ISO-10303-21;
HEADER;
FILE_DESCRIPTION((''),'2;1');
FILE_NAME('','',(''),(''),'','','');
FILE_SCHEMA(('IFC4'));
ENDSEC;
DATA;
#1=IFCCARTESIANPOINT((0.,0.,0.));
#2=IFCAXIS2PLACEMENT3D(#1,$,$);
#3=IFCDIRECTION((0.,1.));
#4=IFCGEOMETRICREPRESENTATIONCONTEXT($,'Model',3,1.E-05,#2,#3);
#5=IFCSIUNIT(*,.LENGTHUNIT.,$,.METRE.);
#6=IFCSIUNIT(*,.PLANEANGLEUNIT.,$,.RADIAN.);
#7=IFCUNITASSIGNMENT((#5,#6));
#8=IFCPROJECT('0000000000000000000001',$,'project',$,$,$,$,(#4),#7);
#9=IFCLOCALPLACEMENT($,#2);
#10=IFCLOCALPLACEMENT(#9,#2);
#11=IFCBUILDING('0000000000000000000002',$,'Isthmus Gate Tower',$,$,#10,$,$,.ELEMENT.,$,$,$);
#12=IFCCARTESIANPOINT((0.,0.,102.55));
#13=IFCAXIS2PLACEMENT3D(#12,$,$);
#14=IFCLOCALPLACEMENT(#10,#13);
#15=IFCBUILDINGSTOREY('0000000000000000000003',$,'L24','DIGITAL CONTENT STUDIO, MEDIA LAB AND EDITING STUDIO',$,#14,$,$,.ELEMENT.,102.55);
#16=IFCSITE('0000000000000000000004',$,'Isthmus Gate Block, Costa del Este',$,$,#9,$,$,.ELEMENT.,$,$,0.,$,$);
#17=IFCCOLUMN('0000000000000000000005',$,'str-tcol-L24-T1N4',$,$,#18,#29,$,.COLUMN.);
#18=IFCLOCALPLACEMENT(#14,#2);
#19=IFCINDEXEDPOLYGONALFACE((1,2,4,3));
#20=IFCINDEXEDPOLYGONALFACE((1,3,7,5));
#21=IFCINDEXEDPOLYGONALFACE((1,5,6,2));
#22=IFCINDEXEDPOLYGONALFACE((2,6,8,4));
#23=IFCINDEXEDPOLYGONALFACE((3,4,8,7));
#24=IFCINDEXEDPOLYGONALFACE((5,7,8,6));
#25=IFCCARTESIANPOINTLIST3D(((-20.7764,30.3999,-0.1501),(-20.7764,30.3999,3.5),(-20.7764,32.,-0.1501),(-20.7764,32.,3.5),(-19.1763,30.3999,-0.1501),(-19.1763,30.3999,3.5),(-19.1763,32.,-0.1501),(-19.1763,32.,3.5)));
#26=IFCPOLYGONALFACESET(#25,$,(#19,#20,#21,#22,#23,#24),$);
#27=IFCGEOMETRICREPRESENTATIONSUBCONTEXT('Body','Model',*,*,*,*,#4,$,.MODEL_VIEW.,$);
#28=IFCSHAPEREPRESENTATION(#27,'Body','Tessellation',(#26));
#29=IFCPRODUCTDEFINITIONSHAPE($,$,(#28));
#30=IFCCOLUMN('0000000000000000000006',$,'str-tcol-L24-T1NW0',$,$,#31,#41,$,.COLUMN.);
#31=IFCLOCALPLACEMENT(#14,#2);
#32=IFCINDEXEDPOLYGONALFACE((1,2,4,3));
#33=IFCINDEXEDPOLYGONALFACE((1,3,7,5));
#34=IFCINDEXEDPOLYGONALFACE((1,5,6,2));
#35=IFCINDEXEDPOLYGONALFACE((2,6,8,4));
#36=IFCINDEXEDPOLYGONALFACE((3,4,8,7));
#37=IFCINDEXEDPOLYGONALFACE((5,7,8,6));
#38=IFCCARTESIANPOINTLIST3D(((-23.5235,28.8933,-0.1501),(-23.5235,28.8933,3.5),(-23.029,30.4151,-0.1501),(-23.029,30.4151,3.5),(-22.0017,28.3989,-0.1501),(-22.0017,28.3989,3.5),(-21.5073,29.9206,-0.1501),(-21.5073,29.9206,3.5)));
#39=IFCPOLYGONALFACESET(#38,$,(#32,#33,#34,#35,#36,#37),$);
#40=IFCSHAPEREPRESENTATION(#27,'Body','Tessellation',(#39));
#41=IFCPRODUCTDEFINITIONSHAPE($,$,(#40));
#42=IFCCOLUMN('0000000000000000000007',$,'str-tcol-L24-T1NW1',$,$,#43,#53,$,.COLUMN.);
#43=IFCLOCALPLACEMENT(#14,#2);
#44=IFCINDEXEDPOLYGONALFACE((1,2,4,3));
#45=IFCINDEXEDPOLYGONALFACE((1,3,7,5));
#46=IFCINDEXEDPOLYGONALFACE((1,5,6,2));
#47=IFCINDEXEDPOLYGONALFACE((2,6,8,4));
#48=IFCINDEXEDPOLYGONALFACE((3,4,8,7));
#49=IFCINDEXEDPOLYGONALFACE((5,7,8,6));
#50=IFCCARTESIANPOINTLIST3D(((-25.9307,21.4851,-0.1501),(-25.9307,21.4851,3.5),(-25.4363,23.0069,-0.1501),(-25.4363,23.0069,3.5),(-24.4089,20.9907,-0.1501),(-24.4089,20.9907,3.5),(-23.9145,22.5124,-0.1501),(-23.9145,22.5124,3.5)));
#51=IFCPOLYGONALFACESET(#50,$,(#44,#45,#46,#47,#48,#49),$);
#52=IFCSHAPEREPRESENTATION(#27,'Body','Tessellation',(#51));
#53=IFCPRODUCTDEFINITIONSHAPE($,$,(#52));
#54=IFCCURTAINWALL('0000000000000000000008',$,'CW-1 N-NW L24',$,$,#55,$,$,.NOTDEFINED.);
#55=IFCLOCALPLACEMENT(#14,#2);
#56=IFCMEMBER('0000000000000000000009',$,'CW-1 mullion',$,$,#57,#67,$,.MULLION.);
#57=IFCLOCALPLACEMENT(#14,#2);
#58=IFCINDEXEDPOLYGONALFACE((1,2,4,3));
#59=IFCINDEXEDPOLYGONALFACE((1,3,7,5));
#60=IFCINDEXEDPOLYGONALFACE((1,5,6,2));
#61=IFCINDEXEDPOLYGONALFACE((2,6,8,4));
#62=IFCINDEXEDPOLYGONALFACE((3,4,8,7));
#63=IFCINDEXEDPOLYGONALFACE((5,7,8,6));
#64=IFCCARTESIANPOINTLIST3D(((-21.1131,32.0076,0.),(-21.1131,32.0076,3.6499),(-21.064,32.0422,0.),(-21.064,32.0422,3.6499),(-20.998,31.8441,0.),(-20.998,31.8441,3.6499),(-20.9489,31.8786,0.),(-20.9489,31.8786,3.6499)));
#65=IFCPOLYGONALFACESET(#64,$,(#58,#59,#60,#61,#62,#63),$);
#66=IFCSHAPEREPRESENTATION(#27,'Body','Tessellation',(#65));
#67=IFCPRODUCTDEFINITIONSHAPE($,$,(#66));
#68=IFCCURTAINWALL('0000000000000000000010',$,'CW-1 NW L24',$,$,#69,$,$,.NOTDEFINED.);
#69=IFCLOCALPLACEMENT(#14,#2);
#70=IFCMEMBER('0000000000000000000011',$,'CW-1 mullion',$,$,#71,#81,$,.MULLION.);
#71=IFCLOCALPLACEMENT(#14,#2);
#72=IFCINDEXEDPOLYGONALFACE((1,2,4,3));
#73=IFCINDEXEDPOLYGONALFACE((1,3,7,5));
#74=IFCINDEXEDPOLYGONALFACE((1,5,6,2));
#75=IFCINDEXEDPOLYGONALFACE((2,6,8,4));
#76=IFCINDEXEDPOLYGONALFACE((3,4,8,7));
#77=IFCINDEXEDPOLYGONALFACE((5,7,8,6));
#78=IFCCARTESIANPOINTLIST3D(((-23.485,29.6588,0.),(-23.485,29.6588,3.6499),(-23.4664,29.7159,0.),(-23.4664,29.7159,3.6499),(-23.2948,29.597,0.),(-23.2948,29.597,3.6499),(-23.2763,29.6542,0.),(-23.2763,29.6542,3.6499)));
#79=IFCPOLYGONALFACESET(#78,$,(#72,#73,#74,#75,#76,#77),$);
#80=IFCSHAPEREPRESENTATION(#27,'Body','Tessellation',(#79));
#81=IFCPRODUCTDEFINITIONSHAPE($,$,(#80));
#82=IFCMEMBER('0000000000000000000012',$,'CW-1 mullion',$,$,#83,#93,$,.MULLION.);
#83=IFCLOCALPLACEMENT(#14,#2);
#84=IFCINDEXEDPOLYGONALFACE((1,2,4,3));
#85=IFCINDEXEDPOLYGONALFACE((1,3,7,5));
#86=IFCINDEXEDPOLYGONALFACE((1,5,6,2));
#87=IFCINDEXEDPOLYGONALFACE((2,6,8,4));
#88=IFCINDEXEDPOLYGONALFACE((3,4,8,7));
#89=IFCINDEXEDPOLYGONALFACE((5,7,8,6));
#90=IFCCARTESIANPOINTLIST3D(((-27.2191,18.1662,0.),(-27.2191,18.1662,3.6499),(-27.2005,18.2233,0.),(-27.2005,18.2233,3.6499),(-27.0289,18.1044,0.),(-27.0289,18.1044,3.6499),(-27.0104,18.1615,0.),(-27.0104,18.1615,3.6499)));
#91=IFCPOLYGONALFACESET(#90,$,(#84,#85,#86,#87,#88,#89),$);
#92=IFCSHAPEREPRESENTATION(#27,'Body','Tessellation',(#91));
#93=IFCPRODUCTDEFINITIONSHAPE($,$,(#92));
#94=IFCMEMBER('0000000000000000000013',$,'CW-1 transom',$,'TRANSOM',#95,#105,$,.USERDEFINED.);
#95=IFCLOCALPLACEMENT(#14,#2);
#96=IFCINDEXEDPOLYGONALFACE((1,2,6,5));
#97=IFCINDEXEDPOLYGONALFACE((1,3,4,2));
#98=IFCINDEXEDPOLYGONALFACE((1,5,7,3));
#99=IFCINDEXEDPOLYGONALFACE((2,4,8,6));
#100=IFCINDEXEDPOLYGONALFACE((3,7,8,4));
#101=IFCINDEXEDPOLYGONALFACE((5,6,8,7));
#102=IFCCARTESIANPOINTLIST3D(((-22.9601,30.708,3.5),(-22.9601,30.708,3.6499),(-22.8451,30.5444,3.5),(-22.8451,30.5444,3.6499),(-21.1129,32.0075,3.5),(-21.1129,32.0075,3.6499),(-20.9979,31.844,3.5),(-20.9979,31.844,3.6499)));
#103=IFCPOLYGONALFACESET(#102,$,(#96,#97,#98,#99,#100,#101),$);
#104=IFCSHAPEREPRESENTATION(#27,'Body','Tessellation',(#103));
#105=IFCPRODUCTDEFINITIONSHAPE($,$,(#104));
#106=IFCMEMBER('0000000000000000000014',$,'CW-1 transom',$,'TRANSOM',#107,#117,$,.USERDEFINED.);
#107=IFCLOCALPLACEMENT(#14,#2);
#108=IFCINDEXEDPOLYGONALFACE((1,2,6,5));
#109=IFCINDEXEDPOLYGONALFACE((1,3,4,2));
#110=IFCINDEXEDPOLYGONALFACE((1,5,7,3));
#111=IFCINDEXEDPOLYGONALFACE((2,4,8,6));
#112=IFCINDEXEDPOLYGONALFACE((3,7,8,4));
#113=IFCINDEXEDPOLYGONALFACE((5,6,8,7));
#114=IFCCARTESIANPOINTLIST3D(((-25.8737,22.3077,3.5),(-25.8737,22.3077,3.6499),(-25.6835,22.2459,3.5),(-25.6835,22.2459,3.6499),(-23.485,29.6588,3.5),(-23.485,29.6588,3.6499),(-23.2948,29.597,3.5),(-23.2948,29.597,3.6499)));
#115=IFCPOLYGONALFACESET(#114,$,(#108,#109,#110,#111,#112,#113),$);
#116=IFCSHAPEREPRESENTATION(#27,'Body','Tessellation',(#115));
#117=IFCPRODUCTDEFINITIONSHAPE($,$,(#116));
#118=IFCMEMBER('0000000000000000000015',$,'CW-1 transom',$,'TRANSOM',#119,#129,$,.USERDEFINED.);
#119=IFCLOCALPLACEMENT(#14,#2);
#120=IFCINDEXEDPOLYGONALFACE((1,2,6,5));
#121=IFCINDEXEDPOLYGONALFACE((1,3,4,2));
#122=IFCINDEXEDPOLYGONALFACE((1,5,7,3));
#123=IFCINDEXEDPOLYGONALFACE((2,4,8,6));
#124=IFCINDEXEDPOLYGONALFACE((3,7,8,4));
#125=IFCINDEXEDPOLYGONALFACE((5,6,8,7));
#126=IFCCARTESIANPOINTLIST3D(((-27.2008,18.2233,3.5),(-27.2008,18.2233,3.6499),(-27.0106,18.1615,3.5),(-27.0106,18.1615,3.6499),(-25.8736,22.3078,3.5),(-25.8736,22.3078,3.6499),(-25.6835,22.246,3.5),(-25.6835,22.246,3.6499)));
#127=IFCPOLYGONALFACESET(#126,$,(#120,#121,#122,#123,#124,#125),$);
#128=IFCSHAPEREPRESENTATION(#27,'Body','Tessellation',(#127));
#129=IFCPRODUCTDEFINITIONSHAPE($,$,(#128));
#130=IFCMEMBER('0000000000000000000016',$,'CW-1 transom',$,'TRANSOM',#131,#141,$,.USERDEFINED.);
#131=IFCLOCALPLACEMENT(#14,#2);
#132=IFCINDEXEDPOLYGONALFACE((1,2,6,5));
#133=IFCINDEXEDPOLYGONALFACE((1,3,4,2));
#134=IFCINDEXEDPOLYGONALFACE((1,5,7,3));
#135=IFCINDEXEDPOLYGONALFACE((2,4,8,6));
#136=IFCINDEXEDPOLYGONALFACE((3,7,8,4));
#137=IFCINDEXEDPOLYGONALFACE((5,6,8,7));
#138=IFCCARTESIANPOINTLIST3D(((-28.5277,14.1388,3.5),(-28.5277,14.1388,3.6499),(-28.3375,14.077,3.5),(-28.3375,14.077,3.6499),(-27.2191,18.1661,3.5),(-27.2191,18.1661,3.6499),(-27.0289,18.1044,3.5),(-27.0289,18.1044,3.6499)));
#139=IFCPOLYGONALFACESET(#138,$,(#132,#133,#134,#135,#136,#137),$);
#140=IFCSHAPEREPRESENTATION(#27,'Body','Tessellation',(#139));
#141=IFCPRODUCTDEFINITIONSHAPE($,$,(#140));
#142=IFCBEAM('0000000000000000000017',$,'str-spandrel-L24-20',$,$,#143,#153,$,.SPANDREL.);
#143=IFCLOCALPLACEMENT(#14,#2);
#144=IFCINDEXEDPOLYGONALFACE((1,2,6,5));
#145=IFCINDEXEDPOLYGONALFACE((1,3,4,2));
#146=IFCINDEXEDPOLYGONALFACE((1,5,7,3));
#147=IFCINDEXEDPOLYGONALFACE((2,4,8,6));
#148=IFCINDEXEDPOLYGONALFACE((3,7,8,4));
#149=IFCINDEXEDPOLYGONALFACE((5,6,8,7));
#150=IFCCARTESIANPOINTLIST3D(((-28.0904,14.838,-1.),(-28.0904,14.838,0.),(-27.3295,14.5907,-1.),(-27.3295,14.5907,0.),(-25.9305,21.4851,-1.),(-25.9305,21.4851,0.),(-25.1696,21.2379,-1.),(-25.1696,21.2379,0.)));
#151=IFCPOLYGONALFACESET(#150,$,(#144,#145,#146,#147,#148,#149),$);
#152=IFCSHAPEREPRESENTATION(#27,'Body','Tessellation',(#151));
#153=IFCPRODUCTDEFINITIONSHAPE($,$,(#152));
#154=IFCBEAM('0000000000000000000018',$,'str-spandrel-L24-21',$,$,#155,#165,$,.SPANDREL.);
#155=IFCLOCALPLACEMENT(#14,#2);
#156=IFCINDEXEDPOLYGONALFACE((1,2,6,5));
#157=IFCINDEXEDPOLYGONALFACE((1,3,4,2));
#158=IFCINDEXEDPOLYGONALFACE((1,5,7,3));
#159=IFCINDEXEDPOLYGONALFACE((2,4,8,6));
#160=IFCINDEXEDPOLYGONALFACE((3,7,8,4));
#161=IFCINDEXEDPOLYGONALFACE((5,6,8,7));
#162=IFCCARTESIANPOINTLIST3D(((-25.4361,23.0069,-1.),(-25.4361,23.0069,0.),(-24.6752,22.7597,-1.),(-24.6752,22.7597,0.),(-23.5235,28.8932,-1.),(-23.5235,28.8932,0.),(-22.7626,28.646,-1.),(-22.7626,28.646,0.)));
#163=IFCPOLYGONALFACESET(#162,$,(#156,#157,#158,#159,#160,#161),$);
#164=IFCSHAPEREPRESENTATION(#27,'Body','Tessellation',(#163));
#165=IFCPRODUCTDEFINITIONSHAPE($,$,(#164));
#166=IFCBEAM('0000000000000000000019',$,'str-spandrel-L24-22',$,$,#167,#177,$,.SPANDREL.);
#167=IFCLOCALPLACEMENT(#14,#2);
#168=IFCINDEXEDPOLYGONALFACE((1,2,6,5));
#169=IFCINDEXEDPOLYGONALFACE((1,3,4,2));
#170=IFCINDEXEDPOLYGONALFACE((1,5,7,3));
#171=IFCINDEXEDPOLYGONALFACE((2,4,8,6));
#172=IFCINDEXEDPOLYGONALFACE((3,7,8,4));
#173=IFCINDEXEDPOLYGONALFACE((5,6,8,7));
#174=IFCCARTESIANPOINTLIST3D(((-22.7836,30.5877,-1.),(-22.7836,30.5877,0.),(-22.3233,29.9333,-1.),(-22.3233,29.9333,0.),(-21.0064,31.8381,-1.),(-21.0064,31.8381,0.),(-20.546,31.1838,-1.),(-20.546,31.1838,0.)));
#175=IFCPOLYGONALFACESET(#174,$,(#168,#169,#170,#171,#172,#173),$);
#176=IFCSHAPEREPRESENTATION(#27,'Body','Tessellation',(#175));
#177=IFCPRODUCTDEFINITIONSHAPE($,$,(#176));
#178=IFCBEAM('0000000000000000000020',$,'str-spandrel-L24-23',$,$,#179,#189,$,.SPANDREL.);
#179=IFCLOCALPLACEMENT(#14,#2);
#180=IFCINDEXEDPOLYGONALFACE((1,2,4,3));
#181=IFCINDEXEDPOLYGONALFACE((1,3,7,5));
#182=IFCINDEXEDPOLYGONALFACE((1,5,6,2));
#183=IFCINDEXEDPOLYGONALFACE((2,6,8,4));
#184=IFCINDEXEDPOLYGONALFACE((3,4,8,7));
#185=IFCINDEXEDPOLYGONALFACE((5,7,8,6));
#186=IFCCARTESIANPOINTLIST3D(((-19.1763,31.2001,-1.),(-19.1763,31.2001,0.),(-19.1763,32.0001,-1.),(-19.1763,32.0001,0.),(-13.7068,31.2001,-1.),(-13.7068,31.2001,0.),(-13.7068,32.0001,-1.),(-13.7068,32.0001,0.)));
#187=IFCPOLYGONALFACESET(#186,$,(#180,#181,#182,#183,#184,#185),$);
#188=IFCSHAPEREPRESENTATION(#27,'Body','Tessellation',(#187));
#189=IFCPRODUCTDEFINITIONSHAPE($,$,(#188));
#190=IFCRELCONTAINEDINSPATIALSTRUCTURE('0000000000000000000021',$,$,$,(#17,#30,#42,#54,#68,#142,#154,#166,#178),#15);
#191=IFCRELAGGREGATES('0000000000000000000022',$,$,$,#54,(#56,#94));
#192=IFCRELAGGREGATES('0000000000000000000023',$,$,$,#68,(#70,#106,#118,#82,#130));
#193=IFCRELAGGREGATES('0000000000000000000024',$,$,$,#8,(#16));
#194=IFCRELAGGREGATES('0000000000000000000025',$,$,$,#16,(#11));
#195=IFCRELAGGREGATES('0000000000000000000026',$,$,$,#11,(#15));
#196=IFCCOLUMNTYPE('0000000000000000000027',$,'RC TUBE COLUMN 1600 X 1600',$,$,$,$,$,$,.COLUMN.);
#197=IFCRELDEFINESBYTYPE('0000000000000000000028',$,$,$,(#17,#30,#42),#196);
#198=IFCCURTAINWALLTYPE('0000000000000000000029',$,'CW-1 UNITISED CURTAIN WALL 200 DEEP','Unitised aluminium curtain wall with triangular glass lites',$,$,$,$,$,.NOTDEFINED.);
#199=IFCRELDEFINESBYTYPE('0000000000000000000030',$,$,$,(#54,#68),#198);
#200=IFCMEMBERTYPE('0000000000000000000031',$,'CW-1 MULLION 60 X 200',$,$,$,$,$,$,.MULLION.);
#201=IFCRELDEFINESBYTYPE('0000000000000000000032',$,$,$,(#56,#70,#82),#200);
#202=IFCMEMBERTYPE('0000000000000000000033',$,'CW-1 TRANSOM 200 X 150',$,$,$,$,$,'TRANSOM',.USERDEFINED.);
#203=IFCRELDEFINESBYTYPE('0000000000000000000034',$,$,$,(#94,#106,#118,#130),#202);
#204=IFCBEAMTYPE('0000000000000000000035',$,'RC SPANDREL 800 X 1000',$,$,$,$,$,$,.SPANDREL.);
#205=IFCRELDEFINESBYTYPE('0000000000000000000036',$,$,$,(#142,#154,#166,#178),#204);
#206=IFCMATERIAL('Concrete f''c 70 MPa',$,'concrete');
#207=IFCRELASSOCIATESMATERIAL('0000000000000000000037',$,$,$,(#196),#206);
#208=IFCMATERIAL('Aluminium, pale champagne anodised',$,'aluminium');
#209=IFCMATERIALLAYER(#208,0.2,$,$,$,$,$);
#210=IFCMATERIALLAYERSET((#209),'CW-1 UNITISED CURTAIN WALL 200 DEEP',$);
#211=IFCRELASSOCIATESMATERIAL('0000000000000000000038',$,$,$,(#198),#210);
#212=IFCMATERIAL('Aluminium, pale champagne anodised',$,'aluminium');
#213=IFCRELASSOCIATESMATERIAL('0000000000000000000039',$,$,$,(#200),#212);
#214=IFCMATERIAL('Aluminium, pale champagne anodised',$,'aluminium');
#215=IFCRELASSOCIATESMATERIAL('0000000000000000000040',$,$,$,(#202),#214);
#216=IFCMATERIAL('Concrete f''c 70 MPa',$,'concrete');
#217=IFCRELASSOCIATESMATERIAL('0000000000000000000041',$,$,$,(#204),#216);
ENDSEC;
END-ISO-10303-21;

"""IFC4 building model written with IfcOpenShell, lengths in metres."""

from ifc_helpers import new_model, si_unit, direction, frame, origin, origin_2d, place, context, subcontext, project, spatial, rectangle, extrude, material, layer, layer_set, material_profile, profile_set, type_object, element, aggregate, save


model = new_model("IFC4")

# Units and contexts
model_context = context("Model", 3, precision=1e-05, world=origin(), true_north=direction((0.0, 1.0)))
body_context = subcontext(model_context, "Body", "Model", "MODEL_VIEW")
ifc_project = project(units=[si_unit("LENGTHUNIT", "METRE"), si_unit("PLANEANGLEUNIT", "RADIAN")], contexts=[model_context])

# Site, building, storey
site_placement = place(None, origin())
site = spatial("IfcSite", under=ifc_project, at=site_placement, Name="Isthmus Gate Block, Costa del Este", CompositionType="ELEMENT", RefElevation=0.0)
building_placement = place(site_placement, origin())
building = spatial("IfcBuilding", under=site, at=building_placement, Name="Isthmus Gate Tower", CompositionType="ELEMENT")
storey_placement = place(building_placement, frame((0.0, 0.0, 102.55)))
storey = spatial("IfcBuildingStorey", under=building, at=storey_placement, Name="L24", Description="DIGITAL CONTENT STUDIO, MEDIA LAB AND EDITING STUDIO", CompositionType="ELEMENT", Elevation=102.55)

# Columns
ifc_material_1 = material(Name="Concrete f'c 70 MPa", Category="concrete")
ifc_material_profile_1 = material_profile(ifc_material_1, rectangle(XDim=1.6001, YDim=1.6001, at=origin_2d()), Name="RC 1600X1600")
ifc_profile_set_1 = profile_set([ifc_material_profile_1], Name="Concrete f'c 70 MPa")
column_type = type_object("IfcColumnType", Name="RC TUBE COLUMN 1600 X 1600", PredefinedType="COLUMN", material=ifc_profile_set_1)
for number, where, z_axis, x_axis, name in (
    (1, (-19.9763, 31.2, -0.1501), (0.0, 0.0, 1.0), (-1.0, 0.0, 0.0), "str-tcol-L24-T1N4"),
    (2, (-22.5154, 29.407, -0.1501), (0.0, 0.0, 1.0), (-0.309017, -0.951057, 0.0), "str-tcol-L24-T1NW0"),
    (3, (-24.9226, 21.9988, -0.1501), (0.0, 0.0, 1.0), (-0.309017, -0.951057, 0.0), "str-tcol-L24-T1NW1"),
):
    element("IfcColumn", number, at=place(storey_placement, frame(where, z_axis=z_axis, x_axis=x_axis)), inside=storey, type_object=column_type, Name=name, PredefinedType="COLUMN", context=body_context, shape_type="SweptSolid", body=[
        extrude(rectangle(XDim=1.6001, YDim=1.6001, at=origin_2d()), origin(), (0.0, 0.0, 1.0), 3.6501),
    ])

# Curtain wall, member
ifc_material_2 = material(Name="Aluminium, pale champagne anodised", Category="aluminium")
ifc_layer_1 = layer(ifc_material_2, 0.2)
ifc_layer_set_1 = layer_set([ifc_layer_1], Name="CW-1 UNITISED CURTAIN WALL 200 DEEP")
curtain_wall_type = type_object("IfcCurtainWallType", Name="CW-1 UNITISED CURTAIN WALL 200 DEEP", Description="Unitised aluminium curtain wall with triangular glass lites", PredefinedType="NOTDEFINED", material=ifc_layer_set_1)
curtain_wall_1_placement = place(storey_placement, origin())
curtain_wall_1 = element("IfcCurtainWall", 4, at=curtain_wall_1_placement, inside=storey, type_object=curtain_wall_type, Name="CW-1 N-NW L24", PredefinedType="NOTDEFINED")
ifc_material_3 = material(Name="Aluminium, pale champagne anodised", Category="aluminium")
ifc_material_profile_2 = material_profile(ifc_material_3, rectangle(XDim=0.0601, YDim=0.2, at=origin_2d()), Name="60x200")
ifc_profile_set_2 = profile_set([ifc_material_profile_2], Name="Aluminium, pale champagne anodised")
member_type_1 = type_object("IfcMemberType", Name="CW-1 MULLION 60 X 200", PredefinedType="MULLION", material=ifc_profile_set_2)
member_1_placement = place(storey_placement, frame((-21.031, 31.9431, 0.0), z_axis=(0.0, 0.0, 1.0), x_axis=(-0.81786, -0.575418, 0.0)))
member_1 = element("IfcMember", 5, at=member_1_placement, type_object=member_type_1, Name="CW-1 mullion", PredefinedType="MULLION", context=body_context, shape_type="SweptSolid", body=[
    extrude(rectangle(XDim=0.0601, YDim=0.2, at=origin_2d()), origin(), (0.0, 0.0, 1.0), 3.6499),
])

# Curtain wall, members
curtain_wall_2_placement = place(storey_placement, origin())
curtain_wall_2 = element("IfcCurtainWall", 6, at=curtain_wall_2_placement, inside=storey, type_object=curtain_wall_type, Name="CW-1 NW L24", PredefinedType="NOTDEFINED")
member_2_placement = place(storey_placement, frame((-23.3806, 29.6565, 0.0), z_axis=(0.0, 0.0, 1.0), x_axis=(-0.309017, -0.951057, 0.0)))
member_2 = element("IfcMember", 7, at=member_2_placement, type_object=member_type_1, Name="CW-1 mullion", PredefinedType="MULLION", context=body_context, shape_type="SweptSolid", body=[
    extrude(rectangle(XDim=0.0601, YDim=0.2, at=origin_2d()), origin(), (0.0, 0.0, 1.0), 3.6499),
])
member_3_placement = place(storey_placement, frame((-27.1147, 18.1638, 0.0), z_axis=(0.0, 0.0, 1.0), x_axis=(-0.309017, -0.951057, 0.0)))
member_3 = element("IfcMember", 8, at=member_3_placement, type_object=member_type_1, Name="CW-1 mullion", PredefinedType="MULLION", context=body_context, shape_type="SweptSolid", body=[
    extrude(rectangle(XDim=0.0601, YDim=0.2, at=origin_2d()), origin(), (0.0, 0.0, 1.0), 3.6499),
])

# Members
ifc_material_4 = material(Name="Aluminium, pale champagne anodised", Category="aluminium")
ifc_material_profile_3 = material_profile(ifc_material_4, rectangle(XDim=0.2, YDim=0.1499, at=origin_2d()), Name="200x150")
ifc_profile_set_3 = profile_set([ifc_material_profile_3], Name="Aluminium, pale champagne anodised")
member_type_2 = type_object("IfcMemberType", Name="CW-1 TRANSOM 200 X 150", ElementType="TRANSOM", PredefinedType="USERDEFINED", material=ifc_profile_set_3)
member_4_placement = place(storey_placement, frame((-21.0554, 31.9258, 3.575), z_axis=(-0.817869, -0.575405, 0.0), x_axis=(0.575405, -0.817869, 0.0)))
member_4 = element("IfcMember", 9, at=member_4_placement, type_object=member_type_2, Name="CW-1 transom", ObjectType="TRANSOM", PredefinedType="USERDEFINED", context=body_context, shape_type="SweptSolid", body=[
    extrude(rectangle(XDim=0.2, YDim=0.1499, at=origin_2d()), origin(), (0.0, 0.0, 1.0), 2.2585),
])
member_5_placement = place(storey_placement, frame((-23.3899, 29.6279, 3.575), z_axis=(-0.309036, -0.95105, 0.0), x_axis=(0.95105, -0.309036, 0.0)))
member_5 = element("IfcMember", 10, at=member_5_placement, type_object=member_type_2, Name="CW-1 transom", ObjectType="TRANSOM", PredefinedType="USERDEFINED", context=body_context, shape_type="SweptSolid", body=[
    extrude(rectangle(XDim=0.2, YDim=0.1499, at=origin_2d()), origin(), (0.0, 0.0, 1.0), 7.7295),
])
member_6_placement = place(storey_placement, frame((-25.7786, 22.2769, 3.575), z_axis=(-0.309022, -0.951055, 0.0), x_axis=(0.951055, -0.309022, 0.0)))
member_6 = element("IfcMember", 11, at=member_6_placement, type_object=member_type_2, Name="CW-1 transom", ObjectType="TRANSOM", PredefinedType="USERDEFINED", context=body_context, shape_type="SweptSolid", body=[
    extrude(rectangle(XDim=0.2, YDim=0.1499, at=origin_2d()), origin(), (0.0, 0.0, 1.0), 4.2947),
])
member_7_placement = place(storey_placement, frame((-27.124, 18.1353, 3.575), z_axis=(-0.309023, -0.951054, 0.0), x_axis=(0.951054, -0.309023, 0.0)))
member_7 = element("IfcMember", 12, at=member_7_placement, type_object=member_type_2, Name="CW-1 transom", ObjectType="TRANSOM", PredefinedType="USERDEFINED", context=body_context, shape_type="SweptSolid", body=[
    extrude(rectangle(XDim=0.2, YDim=0.1499, at=origin_2d()), origin(), (0.0, 0.0, 1.0), 4.2346),
])

# Beams
ifc_material_5 = material(Name="Concrete f'c 70 MPa", Category="concrete")
ifc_material_profile_4 = material_profile(ifc_material_5, rectangle(XDim=0.8, YDim=1.0, at=origin_2d()), Name="RC 800X1000")
ifc_profile_set_4 = profile_set([ifc_material_profile_4], Name="Concrete f'c 70 MPa")
beam_type_1 = type_object("IfcBeamType", Name="RC SPANDREL 800 X 1000", PredefinedType="SPANDREL", material=ifc_profile_set_4)
beam_1_placement = place(storey_placement, frame((-27.71, 14.7144, -0.5), z_axis=(0.30903, 0.951052, 0.0), x_axis=(-0.951052, 0.30903, 0.0)))
element("IfcBeam", 13, at=beam_1_placement, inside=storey, type_object=beam_type_1, Name="str-spandrel-L24-20", PredefinedType="SPANDREL", context=body_context, shape_type="SweptSolid", body=[
    extrude(rectangle(XDim=0.8, YDim=1.0, at=origin_2d()), origin(), (0.0, 0.0, 1.0), 6.9893),
])
beam_2_placement = place(storey_placement, frame((-25.0557, 22.8833, -0.5), z_axis=(0.309024, 0.951054, 0.0), x_axis=(-0.951054, 0.309024, 0.0)))
element("IfcBeam", 14, at=beam_2_placement, inside=storey, type_object=beam_type_1, Name="str-spandrel-L24-21", PredefinedType="SPANDREL", context=body_context, shape_type="SweptSolid", body=[
    extrude(rectangle(XDim=0.8, YDim=1.0, at=origin_2d()), origin(), (0.0, 0.0, 1.0), 6.1892),
])
beam_3_placement = place(storey_placement, frame((-22.5535, 30.2605, -0.5), z_axis=(0.817857, 0.575421, 0.0), x_axis=(-0.575421, 0.817857, 0.0)))
element("IfcBeam", 15, at=beam_3_placement, inside=storey, type_object=beam_type_1, Name="str-spandrel-L24-22", PredefinedType="SPANDREL", context=body_context, shape_type="SweptSolid", body=[
    extrude(rectangle(XDim=0.8, YDim=1.0, at=origin_2d()), origin(), (0.0, 0.0, 1.0), 2.1731),
])
beam_4_placement = place(storey_placement, frame((-19.1763, 31.6001, -0.5), z_axis=(1.0, 0.0, 0.0), x_axis=(0.0, 1.0, 0.0)))
element("IfcBeam", 16, at=beam_4_placement, inside=storey, type_object=beam_type_1, Name="str-spandrel-L24-23", PredefinedType="SPANDREL", context=body_context, shape_type="SweptSolid", body=[
    extrude(rectangle(XDim=0.8, YDim=1.0, at=origin_2d()), origin(), (0.0, 0.0, 1.0), 5.4695),
])

aggregate(curtain_wall_1, [member_1, member_4])

aggregate(curtain_wall_2, [member_2, member_5, member_6, member_3, member_7])

save(model, "model.ifc")
